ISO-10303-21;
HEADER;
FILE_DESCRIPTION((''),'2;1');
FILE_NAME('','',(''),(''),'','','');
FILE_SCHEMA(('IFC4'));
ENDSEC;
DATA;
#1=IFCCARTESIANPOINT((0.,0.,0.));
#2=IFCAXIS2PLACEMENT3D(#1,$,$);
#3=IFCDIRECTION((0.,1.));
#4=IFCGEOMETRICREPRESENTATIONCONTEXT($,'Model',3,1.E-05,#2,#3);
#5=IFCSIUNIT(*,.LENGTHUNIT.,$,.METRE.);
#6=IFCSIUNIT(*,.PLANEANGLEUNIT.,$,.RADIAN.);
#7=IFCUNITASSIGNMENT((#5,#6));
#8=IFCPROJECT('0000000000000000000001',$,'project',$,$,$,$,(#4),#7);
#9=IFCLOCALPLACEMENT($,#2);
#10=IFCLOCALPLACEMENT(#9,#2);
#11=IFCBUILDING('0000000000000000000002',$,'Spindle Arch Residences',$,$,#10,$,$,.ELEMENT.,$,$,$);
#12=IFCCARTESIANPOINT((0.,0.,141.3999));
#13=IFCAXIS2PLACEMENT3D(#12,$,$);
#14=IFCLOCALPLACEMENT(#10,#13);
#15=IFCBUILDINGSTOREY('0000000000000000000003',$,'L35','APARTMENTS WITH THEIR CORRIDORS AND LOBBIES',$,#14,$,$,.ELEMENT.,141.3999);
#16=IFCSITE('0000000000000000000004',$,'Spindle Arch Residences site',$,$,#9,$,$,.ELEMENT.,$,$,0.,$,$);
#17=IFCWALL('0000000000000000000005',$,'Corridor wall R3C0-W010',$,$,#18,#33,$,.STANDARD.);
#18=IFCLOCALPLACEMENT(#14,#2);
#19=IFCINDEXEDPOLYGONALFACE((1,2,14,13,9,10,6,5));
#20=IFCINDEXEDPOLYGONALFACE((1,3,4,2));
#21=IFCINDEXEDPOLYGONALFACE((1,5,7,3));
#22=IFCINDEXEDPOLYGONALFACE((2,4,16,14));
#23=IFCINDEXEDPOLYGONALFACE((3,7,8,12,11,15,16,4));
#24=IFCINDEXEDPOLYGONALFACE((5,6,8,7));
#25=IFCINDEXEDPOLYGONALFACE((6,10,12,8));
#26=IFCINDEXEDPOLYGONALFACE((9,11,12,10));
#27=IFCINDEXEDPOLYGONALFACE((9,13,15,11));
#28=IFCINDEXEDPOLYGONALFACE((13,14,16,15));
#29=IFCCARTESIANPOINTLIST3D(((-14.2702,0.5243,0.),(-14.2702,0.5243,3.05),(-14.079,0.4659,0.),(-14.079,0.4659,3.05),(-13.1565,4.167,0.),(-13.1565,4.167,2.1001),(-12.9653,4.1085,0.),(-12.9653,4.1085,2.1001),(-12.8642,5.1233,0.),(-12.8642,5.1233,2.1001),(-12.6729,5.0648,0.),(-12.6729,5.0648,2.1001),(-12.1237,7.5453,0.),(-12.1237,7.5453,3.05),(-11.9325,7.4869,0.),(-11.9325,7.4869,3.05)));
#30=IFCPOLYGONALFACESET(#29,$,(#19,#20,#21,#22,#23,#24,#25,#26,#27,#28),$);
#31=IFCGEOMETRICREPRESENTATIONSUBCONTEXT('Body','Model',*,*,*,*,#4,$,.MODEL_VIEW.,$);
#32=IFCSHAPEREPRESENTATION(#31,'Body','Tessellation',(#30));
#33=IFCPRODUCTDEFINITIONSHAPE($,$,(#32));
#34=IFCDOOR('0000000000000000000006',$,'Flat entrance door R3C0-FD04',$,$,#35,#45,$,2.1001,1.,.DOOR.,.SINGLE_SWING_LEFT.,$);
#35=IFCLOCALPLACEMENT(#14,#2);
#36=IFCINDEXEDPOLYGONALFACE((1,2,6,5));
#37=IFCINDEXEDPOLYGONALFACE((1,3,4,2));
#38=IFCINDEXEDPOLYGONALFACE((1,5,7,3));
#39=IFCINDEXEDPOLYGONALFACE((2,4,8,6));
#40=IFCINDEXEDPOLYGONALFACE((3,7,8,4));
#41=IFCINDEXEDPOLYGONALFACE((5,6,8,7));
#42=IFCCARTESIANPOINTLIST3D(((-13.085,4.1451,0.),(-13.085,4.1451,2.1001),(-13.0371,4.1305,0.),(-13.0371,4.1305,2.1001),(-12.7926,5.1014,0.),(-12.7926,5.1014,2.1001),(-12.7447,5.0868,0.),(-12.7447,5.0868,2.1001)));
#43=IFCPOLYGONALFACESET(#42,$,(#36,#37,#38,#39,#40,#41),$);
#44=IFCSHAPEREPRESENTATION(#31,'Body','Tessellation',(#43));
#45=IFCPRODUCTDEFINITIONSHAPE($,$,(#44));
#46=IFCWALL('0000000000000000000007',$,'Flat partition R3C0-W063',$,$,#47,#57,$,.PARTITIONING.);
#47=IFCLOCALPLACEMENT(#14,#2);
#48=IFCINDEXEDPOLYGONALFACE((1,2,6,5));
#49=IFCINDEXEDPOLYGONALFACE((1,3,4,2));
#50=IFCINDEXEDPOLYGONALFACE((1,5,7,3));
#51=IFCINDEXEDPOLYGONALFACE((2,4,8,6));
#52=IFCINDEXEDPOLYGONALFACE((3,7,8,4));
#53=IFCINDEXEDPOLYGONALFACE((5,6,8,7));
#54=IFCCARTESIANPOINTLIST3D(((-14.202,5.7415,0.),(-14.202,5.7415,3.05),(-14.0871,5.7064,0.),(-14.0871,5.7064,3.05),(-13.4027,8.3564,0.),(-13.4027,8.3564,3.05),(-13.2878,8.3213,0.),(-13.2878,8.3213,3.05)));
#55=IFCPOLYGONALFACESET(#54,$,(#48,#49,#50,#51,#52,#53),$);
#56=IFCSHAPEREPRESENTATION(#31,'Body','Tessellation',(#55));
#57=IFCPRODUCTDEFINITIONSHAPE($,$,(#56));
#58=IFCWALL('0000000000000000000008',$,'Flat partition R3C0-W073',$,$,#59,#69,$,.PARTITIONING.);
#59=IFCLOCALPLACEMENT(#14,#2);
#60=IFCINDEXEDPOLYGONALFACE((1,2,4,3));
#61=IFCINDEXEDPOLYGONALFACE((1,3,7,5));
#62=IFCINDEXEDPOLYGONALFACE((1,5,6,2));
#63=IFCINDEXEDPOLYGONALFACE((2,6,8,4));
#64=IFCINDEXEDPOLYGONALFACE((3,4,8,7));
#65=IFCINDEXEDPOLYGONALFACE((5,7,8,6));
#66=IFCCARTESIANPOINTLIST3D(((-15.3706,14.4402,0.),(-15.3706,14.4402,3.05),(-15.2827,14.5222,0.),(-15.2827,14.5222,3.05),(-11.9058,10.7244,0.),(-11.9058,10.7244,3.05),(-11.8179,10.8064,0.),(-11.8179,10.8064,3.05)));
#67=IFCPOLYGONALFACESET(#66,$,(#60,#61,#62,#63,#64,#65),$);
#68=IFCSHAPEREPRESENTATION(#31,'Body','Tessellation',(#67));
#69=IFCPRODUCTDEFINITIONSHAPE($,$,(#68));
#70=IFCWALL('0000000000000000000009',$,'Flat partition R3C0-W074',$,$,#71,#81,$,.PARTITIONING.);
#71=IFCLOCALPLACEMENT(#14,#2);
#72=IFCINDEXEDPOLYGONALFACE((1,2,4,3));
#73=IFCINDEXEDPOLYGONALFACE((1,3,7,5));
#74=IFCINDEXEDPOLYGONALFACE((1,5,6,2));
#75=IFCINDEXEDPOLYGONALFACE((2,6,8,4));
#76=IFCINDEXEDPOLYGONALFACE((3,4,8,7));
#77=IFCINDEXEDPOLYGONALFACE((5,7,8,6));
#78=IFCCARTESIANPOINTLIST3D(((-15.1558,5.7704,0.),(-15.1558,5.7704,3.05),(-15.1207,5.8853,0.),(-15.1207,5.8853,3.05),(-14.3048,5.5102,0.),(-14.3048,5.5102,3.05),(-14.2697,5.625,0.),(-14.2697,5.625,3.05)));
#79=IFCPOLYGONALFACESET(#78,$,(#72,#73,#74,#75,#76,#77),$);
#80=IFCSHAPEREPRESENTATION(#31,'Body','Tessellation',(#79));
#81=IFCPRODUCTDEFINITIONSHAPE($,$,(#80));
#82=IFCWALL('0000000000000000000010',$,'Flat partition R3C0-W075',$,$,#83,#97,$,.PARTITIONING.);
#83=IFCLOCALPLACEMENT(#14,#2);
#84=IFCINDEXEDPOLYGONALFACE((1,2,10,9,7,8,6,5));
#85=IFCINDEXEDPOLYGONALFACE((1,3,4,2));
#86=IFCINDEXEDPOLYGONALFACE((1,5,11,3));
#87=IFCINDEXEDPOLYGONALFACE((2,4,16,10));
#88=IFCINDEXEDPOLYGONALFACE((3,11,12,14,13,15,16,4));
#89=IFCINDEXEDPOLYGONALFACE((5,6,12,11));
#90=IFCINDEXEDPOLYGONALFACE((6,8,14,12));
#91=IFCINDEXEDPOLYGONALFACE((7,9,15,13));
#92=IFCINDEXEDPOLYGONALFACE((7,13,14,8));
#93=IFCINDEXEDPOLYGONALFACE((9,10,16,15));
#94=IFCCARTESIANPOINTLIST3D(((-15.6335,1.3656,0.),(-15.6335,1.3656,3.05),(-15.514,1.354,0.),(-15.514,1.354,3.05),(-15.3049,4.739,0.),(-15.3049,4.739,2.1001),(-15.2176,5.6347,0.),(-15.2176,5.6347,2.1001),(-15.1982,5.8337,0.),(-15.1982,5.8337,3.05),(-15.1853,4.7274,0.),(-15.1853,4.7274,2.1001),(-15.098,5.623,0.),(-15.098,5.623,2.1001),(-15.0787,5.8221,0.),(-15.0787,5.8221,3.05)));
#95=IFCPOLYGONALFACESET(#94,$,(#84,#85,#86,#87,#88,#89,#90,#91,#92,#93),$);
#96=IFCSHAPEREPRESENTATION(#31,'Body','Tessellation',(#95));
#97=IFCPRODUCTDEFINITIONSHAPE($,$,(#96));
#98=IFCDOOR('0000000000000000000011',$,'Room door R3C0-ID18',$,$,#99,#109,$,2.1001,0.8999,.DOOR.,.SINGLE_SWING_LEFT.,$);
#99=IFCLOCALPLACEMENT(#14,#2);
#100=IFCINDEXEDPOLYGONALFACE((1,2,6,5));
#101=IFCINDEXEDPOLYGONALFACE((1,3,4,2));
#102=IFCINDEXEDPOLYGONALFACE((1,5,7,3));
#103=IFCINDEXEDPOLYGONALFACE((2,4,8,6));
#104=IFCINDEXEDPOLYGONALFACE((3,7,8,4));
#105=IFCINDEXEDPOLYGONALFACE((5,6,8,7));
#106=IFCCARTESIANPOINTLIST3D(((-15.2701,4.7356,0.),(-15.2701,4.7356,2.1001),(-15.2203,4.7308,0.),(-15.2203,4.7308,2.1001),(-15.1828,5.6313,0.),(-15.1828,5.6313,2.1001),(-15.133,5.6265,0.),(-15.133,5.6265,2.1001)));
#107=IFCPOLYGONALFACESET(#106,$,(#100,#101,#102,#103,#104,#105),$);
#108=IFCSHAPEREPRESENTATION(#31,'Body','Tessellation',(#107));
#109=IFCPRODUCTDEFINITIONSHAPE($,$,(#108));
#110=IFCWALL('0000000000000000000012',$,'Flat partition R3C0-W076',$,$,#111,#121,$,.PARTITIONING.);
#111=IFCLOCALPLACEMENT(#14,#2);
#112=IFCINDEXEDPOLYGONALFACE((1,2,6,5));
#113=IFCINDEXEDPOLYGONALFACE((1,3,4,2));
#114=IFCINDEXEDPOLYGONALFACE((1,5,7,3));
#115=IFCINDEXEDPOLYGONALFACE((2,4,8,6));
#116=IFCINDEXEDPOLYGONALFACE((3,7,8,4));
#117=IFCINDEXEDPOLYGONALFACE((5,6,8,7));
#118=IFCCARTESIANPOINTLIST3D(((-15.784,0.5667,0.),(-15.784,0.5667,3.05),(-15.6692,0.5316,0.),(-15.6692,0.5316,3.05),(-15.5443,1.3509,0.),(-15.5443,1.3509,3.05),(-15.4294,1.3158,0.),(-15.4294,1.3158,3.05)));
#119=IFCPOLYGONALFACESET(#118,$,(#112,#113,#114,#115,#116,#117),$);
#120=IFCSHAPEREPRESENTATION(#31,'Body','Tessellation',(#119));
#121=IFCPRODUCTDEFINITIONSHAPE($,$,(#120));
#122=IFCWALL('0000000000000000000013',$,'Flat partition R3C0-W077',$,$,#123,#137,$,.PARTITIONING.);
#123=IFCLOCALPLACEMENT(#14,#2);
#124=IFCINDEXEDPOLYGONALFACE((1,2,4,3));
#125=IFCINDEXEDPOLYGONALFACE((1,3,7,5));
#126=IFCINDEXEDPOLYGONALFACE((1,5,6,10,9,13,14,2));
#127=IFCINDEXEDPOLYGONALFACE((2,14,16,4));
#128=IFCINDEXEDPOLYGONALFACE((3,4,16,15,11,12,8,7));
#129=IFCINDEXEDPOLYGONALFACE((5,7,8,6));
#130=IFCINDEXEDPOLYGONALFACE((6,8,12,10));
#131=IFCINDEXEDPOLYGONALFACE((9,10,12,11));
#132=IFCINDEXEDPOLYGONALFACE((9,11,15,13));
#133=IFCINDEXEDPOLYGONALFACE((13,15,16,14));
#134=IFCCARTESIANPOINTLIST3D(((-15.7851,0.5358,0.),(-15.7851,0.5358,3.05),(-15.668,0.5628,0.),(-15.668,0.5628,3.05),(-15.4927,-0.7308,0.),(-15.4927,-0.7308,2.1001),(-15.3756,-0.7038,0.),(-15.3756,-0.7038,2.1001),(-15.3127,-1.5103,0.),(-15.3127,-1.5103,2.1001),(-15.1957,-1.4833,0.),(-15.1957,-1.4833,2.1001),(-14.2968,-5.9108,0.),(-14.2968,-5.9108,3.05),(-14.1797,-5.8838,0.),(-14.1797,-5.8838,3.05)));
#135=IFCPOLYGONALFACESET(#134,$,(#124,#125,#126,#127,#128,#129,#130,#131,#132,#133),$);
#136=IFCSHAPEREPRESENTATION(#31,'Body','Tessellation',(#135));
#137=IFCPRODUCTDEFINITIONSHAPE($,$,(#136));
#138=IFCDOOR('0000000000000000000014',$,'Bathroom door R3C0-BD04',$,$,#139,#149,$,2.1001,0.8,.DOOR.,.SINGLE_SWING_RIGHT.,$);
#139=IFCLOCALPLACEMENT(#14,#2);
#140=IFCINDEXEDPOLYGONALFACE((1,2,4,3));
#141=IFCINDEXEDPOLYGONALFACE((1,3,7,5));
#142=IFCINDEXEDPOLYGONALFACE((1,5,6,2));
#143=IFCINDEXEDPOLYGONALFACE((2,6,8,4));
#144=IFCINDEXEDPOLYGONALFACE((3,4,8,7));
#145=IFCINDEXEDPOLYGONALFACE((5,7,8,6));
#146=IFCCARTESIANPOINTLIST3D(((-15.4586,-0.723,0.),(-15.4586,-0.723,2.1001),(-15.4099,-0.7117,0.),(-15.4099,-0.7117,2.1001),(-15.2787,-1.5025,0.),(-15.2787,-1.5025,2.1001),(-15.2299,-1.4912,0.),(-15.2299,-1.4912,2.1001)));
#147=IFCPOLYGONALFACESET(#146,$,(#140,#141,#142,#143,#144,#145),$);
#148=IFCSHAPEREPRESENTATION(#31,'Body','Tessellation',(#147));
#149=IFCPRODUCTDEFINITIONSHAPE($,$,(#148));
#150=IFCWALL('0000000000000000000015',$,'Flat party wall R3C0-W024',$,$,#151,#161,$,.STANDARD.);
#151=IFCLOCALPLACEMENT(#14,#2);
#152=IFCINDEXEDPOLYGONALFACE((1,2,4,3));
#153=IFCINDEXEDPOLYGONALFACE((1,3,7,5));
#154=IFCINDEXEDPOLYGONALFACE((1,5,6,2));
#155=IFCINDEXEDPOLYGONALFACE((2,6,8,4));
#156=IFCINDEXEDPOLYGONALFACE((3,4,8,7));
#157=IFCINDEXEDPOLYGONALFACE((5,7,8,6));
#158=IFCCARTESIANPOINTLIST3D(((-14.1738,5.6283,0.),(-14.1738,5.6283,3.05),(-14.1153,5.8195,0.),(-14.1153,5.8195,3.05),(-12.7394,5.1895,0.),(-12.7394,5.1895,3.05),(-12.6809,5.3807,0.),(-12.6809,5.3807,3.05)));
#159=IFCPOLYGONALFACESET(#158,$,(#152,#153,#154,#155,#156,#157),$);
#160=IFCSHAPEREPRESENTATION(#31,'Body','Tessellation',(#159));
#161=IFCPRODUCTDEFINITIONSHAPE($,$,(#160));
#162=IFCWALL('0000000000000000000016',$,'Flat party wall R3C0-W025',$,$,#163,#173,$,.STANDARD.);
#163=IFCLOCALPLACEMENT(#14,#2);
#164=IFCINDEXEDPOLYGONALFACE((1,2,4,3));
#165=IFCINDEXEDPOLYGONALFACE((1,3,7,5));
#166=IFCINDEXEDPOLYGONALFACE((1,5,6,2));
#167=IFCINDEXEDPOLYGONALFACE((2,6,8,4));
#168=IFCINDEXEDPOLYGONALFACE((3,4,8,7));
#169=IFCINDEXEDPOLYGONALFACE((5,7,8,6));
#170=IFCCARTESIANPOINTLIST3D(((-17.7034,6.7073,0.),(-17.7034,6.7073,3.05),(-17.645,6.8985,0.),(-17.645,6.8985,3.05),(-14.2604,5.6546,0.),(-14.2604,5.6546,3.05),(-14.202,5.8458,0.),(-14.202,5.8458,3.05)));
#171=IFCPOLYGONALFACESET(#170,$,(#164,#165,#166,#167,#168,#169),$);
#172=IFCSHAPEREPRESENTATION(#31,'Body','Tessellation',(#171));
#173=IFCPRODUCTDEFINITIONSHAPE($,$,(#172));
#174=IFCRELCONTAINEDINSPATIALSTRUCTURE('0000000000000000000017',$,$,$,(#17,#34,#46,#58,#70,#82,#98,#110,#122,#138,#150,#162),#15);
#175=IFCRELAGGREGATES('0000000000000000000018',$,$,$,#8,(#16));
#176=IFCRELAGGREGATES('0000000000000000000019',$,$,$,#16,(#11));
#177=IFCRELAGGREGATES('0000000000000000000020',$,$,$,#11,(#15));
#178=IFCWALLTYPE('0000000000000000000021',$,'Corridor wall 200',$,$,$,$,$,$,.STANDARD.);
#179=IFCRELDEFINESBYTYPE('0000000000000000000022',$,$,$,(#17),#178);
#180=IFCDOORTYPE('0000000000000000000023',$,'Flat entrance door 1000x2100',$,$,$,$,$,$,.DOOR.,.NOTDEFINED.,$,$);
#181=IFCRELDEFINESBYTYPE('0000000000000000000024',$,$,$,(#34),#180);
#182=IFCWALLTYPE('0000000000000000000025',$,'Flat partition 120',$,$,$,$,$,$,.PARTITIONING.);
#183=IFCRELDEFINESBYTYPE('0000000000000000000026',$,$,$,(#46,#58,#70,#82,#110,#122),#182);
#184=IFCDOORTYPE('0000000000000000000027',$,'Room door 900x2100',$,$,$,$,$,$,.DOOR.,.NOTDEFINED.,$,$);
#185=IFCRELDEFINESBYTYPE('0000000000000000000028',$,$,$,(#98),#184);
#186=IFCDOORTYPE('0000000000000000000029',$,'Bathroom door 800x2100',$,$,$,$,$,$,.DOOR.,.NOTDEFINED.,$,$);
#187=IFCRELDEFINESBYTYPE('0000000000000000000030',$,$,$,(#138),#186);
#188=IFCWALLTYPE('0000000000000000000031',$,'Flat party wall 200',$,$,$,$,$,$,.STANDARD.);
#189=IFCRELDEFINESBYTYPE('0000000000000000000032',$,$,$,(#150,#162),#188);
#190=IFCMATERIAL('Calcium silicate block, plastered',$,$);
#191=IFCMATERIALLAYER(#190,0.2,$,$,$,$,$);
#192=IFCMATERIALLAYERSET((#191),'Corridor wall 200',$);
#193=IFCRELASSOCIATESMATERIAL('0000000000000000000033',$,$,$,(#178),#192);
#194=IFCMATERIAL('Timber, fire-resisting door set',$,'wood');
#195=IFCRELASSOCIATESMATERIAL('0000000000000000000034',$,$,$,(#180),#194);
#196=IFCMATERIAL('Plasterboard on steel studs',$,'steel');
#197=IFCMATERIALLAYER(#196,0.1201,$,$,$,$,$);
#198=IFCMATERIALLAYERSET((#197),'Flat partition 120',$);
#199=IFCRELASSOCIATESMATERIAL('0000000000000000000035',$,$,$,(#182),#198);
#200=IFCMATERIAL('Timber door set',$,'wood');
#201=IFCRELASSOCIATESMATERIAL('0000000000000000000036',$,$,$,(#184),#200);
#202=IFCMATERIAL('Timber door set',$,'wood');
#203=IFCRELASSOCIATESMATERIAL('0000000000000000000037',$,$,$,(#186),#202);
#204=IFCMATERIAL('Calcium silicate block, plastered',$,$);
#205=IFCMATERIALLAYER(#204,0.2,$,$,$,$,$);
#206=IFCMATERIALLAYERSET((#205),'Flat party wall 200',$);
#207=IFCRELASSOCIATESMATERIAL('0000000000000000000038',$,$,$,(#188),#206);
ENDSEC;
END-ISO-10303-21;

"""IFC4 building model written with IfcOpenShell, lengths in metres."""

from ifc_helpers import new_model, si_unit, direction, frame, frame_2d, origin, place, context, subcontext, project, spatial, rectangle, extrude, material, layer, layer_set, type_object, element, fill, save


model = new_model("IFC4")

# Units and contexts
model_context = context("Model", 3, precision=1e-05, world=origin(), true_north=direction((0.0, 1.0)))
body_context = subcontext(model_context, "Body", "Model", "MODEL_VIEW")
ifc_project = project(units=[si_unit("LENGTHUNIT", "METRE"), si_unit("PLANEANGLEUNIT", "RADIAN")], contexts=[model_context])

# Site, building, storey
site_placement = place(None, origin())
site = spatial("IfcSite", under=ifc_project, at=site_placement, Name="Spindle Arch Residences site", CompositionType="ELEMENT", RefElevation=0.0)
building_placement = place(site_placement, origin())
building = spatial("IfcBuilding", under=site, at=building_placement, Name="Spindle Arch Residences", CompositionType="ELEMENT")
storey_placement = place(building_placement, frame((0.0, 0.0, 141.3999)))
storey = spatial("IfcBuildingStorey", under=building, at=storey_placement, Name="L35", Description="APARTMENTS WITH THEIR CORRIDORS AND LOBBIES", CompositionType="ELEMENT", Elevation=141.3999)

# Wall, opening, door
ifc_material_1 = material(Name="Calcium silicate block, plastered")
ifc_layer_1 = layer(ifc_material_1, 0.2)
ifc_layer_set_1 = layer_set([ifc_layer_1], Name="Corridor wall 200")
wall_type_1 = type_object("IfcWallType", Name="Corridor wall 200", PredefinedType="STANDARD", material=ifc_layer_set_1)
wall_1_placement = place(storey_placement, frame((-12.0281, 7.5161, 0.0), z_axis=(0.0, 0.0, 1.0), x_axis=(-0.292366, -0.956307, 0.0)))
wall_1 = element("IfcWall", 1, at=wall_1_placement, inside=storey, type_object=wall_type_1, Name="Corridor wall R3C0-W010", PredefinedType="STANDARD", context=body_context, shape_type="SweptSolid", body=[
    extrude(rectangle(XDim=7.3418, YDim=0.2, at=frame_2d((3.6709, 0.0))), origin(), (0.0, 0.0, 1.0), 3.05),
])
opening_1_placement = place(wall_1_placement, frame((2.5327, 0.0, 0.0)))
opening_1 = element("IfcOpeningElement", 2, at=opening_1_placement, cuts=wall_1, PredefinedType="OPENING", context=body_context, shape_type="SweptSolid", body=[
    extrude(rectangle(XDim=1.0, YDim=2.1001, at=frame_2d((0.5, 1.05))), frame((0.0, 0.1099, 0.0), z_axis=(0.0, -1.0, 0.0), x_axis=(1.0, 0.0, 0.0)), (0.0, 0.0, 1.0), 0.22),
])
ifc_material_2 = material(Name="Timber, fire-resisting door set", Category="wood")
door_type_1 = type_object("IfcDoorType", Name="Flat entrance door 1000x2100", OperationType="NOTDEFINED", PredefinedType="DOOR", material=ifc_material_2)
door_1_placement = place(opening_1_placement, origin())
door_1 = element("IfcDoor", 3, at=door_1_placement, inside=storey, type_object=door_type_1, Name="Flat entrance door R3C0-FD04", OperationType="SINGLE_SWING_LEFT", OverallHeight=2.1001, OverallWidth=1.0, PredefinedType="DOOR", context=body_context, shape_type="SweptSolid", body=[
    extrude(rectangle(XDim=1.0, YDim=2.1001, at=frame_2d((0.5, 1.05))), frame((0.0, 0.0249, 0.0), z_axis=(0.0, -1.0, 0.0), x_axis=(1.0, 0.0, 0.0)), (0.0, 0.0, 1.0), 0.05),
])
fill(opening_1, door_1)

# Walls
ifc_material_3 = material(Name="Plasterboard on steel studs", Category="steel")
ifc_layer_2 = layer(ifc_material_3, 0.1201)
ifc_layer_set_2 = layer_set([ifc_layer_2], Name="Flat partition 120")
wall_type_2 = type_object("IfcWallType", Name="Flat partition 120", PredefinedType="PARTITIONING", material=ifc_layer_set_2)
wall_2_placement = place(storey_placement, frame((-13.3452, 8.3389, 0.0), z_axis=(0.0, 0.0, 1.0), x_axis=(-0.292316, -0.956322, 0.0)))
element("IfcWall", 4, at=wall_2_placement, inside=storey, type_object=wall_type_2, Name="Flat partition R3C0-W063", PredefinedType="PARTITIONING", context=body_context, shape_type="SweptSolid", body=[
    extrude(rectangle(XDim=2.7344, YDim=0.1201, at=frame_2d((1.3672, 0.0))), origin(), (0.0, 0.0, 1.0), 3.05),
])
wall_3_placement = place(storey_placement, frame((-15.3267, 14.4812, 0.0), z_axis=(0.0, 0.0, 1.0), x_axis=(0.681976, -0.731375, 0.0)))
element("IfcWall", 5, at=wall_3_placement, inside=storey, type_object=wall_type_2, Name="Flat partition R3C0-W073", PredefinedType="PARTITIONING", context=body_context, shape_type="SweptSolid", body=[
    extrude(rectangle(XDim=5.0806, YDim=0.1201, at=frame_2d((2.5403, 0.0))), origin(), (0.0, 0.0, 1.0), 3.05),
])
wall_4_placement = place(storey_placement, frame((-14.2874, 5.5676, 0.0), z_axis=(0.0, 0.0, 1.0), x_axis=(-0.956288, 0.292428, 0.0)))
element("IfcWall", 6, at=wall_4_placement, inside=storey, type_object=wall_type_2, Name="Flat partition R3C0-W074", PredefinedType="PARTITIONING", context=body_context, shape_type="SweptSolid", body=[
    extrude(rectangle(XDim=0.8899, YDim=0.1201, at=frame_2d((0.4448, 0.0))), origin(), (0.0, 0.0, 1.0), 3.05),
])

# Wall, opening, door
wall_5_placement = place(storey_placement, frame((-15.1384, 5.8279, 0.0), z_axis=(0.0, 0.0, 1.0), x_axis=(-0.096967, -0.995288, 0.0)))
wall_5 = element("IfcWall", 7, at=wall_5_placement, inside=storey, type_object=wall_type_2, Name="Flat partition R3C0-W075", PredefinedType="PARTITIONING", context=body_context, shape_type="SweptSolid", body=[
    extrude(rectangle(XDim=4.4893, YDim=0.1201, at=frame_2d((2.2446, 0.0))), origin(), (0.0, 0.0, 1.0), 3.05),
])
opening_2_placement = place(wall_5_placement, frame((0.2, 0.0, 0.0)))
opening_2 = element("IfcOpeningElement", 8, at=opening_2_placement, cuts=wall_5, PredefinedType="OPENING", context=body_context, shape_type="SweptSolid", body=[
    extrude(rectangle(XDim=0.8999, YDim=2.1001, at=frame_2d((0.45, 1.05))), frame((0.0, 0.0701, 0.0), z_axis=(0.0, -1.0, 0.0), x_axis=(1.0, 0.0, 0.0)), (0.0, 0.0, 1.0), 0.1401),
])
ifc_material_4 = material(Name="Timber door set", Category="wood")
door_type_2 = type_object("IfcDoorType", Name="Room door 900x2100", OperationType="NOTDEFINED", PredefinedType="DOOR", material=ifc_material_4)
door_2_placement = place(opening_2_placement, origin())
door_2 = element("IfcDoor", 9, at=door_2_placement, inside=storey, type_object=door_type_2, Name="Room door R3C0-ID18", OperationType="SINGLE_SWING_LEFT", OverallHeight=2.1001, OverallWidth=0.8999, PredefinedType="DOOR", context=body_context, shape_type="SweptSolid", body=[
    extrude(rectangle(XDim=0.8999, YDim=2.1001, at=frame_2d((0.45, 1.05))), frame((0.0, 0.0249, 0.0), z_axis=(0.0, -1.0, 0.0), x_axis=(1.0, 0.0, 0.0)), (0.0, 0.0, 1.0), 0.05),
])
fill(opening_2, door_2)

# Wall
wall_6_placement = place(storey_placement, frame((-15.4868, 1.3335, 0.0), z_axis=(0.0, 0.0, 1.0), x_axis=(-0.29237, -0.956305, 0.0)))
element("IfcWall", 10, at=wall_6_placement, inside=storey, type_object=wall_type_2, Name="Flat partition R3C0-W076", PredefinedType="PARTITIONING", context=body_context, shape_type="SweptSolid", body=[
    extrude(rectangle(XDim=0.8201, YDim=0.1201, at=frame_2d((0.4102, 0.0))), origin(), (0.0, 0.0, 1.0), 3.05),
])

# Wall, opening, door
wall_7_placement = place(storey_placement, frame((-15.7266, 0.5493, 0.0), z_axis=(0.0, 0.0, 1.0), x_axis=(0.224948, -0.974371, 0.0)))
wall_7 = element("IfcWall", 11, at=wall_7_placement, inside=storey, type_object=wall_type_2, Name="Flat partition R3C0-W077", PredefinedType="PARTITIONING", context=body_context, shape_type="SweptSolid", body=[
    extrude(rectangle(XDim=6.6162, YDim=0.1201, at=frame_2d((3.3081, 0.0))), origin(), (0.0, 0.0, 1.0), 3.05),
])
opening_3_placement = place(wall_7_placement, frame((1.3, 0.0, 0.0)))
opening_3 = element("IfcOpeningElement", 12, at=opening_3_placement, cuts=wall_7, PredefinedType="OPENING", context=body_context, shape_type="SweptSolid", body=[
    extrude(rectangle(XDim=0.8, YDim=2.1001, at=frame_2d((0.3999, 1.05))), frame((0.0, 0.0701, 0.0), z_axis=(0.0, -1.0, 0.0), x_axis=(1.0, 0.0, 0.0)), (0.0, 0.0, 1.0), 0.1401),
])
ifc_material_5 = material(Name="Timber door set", Category="wood")
door_type_3 = type_object("IfcDoorType", Name="Bathroom door 800x2100", OperationType="NOTDEFINED", PredefinedType="DOOR", material=ifc_material_5)
door_3_placement = place(opening_3_placement, origin())
door_3 = element("IfcDoor", 13, at=door_3_placement, inside=storey, type_object=door_type_3, Name="Bathroom door R3C0-BD04", OperationType="SINGLE_SWING_RIGHT", OverallHeight=2.1001, OverallWidth=0.8, PredefinedType="DOOR", context=body_context, shape_type="SweptSolid", body=[
    extrude(rectangle(XDim=0.8, YDim=2.1001, at=frame_2d((0.3999, 1.05))), frame((0.0, 0.0249, 0.0), z_axis=(0.0, -1.0, 0.0), x_axis=(1.0, 0.0, 0.0)), (0.0, 0.0, 1.0), 0.05),
])
fill(opening_3, door_3)

# Walls
ifc_material_6 = material(Name="Calcium silicate block, plastered")
ifc_layer_3 = layer(ifc_material_6, 0.2)
ifc_layer_set_3 = layer_set([ifc_layer_3], Name="Flat party wall 200")
wall_type_3 = type_object("IfcWallType", Name="Flat party wall 200", PredefinedType="STANDARD", material=ifc_layer_set_3)
wall_8_placement = place(storey_placement, frame((-14.1445, 5.7239, 0.0), z_axis=(0.0, 0.0, 1.0), x_axis=(0.956267, -0.292496, 0.0)))
element("IfcWall", 14, at=wall_8_placement, inside=storey, type_object=wall_type_3, Name="Flat party wall R3C0-W024", PredefinedType="STANDARD", context=body_context, shape_type="SweptSolid", body=[
    extrude(rectangle(XDim=1.5, YDim=0.2, at=frame_2d((0.75, 0.0))), origin(), (0.0, 0.0, 1.0), 3.05),
])
wall_9_placement = place(storey_placement, frame((-17.6743, 6.803, 0.0), z_axis=(0.0, 0.0, 1.0), x_axis=(0.956294, -0.292408, 0.0)))
element("IfcWall", 15, at=wall_9_placement, inside=storey, type_object=wall_type_3, Name="Flat party wall R3C0-W025", PredefinedType="STANDARD", context=body_context, shape_type="SweptSolid", body=[
    extrude(rectangle(XDim=3.6003, YDim=0.2, at=frame_2d((1.8003, 0.0))), origin(), (0.0, 0.0, 1.0), 3.05),
])

save(model, "model.ifc")
